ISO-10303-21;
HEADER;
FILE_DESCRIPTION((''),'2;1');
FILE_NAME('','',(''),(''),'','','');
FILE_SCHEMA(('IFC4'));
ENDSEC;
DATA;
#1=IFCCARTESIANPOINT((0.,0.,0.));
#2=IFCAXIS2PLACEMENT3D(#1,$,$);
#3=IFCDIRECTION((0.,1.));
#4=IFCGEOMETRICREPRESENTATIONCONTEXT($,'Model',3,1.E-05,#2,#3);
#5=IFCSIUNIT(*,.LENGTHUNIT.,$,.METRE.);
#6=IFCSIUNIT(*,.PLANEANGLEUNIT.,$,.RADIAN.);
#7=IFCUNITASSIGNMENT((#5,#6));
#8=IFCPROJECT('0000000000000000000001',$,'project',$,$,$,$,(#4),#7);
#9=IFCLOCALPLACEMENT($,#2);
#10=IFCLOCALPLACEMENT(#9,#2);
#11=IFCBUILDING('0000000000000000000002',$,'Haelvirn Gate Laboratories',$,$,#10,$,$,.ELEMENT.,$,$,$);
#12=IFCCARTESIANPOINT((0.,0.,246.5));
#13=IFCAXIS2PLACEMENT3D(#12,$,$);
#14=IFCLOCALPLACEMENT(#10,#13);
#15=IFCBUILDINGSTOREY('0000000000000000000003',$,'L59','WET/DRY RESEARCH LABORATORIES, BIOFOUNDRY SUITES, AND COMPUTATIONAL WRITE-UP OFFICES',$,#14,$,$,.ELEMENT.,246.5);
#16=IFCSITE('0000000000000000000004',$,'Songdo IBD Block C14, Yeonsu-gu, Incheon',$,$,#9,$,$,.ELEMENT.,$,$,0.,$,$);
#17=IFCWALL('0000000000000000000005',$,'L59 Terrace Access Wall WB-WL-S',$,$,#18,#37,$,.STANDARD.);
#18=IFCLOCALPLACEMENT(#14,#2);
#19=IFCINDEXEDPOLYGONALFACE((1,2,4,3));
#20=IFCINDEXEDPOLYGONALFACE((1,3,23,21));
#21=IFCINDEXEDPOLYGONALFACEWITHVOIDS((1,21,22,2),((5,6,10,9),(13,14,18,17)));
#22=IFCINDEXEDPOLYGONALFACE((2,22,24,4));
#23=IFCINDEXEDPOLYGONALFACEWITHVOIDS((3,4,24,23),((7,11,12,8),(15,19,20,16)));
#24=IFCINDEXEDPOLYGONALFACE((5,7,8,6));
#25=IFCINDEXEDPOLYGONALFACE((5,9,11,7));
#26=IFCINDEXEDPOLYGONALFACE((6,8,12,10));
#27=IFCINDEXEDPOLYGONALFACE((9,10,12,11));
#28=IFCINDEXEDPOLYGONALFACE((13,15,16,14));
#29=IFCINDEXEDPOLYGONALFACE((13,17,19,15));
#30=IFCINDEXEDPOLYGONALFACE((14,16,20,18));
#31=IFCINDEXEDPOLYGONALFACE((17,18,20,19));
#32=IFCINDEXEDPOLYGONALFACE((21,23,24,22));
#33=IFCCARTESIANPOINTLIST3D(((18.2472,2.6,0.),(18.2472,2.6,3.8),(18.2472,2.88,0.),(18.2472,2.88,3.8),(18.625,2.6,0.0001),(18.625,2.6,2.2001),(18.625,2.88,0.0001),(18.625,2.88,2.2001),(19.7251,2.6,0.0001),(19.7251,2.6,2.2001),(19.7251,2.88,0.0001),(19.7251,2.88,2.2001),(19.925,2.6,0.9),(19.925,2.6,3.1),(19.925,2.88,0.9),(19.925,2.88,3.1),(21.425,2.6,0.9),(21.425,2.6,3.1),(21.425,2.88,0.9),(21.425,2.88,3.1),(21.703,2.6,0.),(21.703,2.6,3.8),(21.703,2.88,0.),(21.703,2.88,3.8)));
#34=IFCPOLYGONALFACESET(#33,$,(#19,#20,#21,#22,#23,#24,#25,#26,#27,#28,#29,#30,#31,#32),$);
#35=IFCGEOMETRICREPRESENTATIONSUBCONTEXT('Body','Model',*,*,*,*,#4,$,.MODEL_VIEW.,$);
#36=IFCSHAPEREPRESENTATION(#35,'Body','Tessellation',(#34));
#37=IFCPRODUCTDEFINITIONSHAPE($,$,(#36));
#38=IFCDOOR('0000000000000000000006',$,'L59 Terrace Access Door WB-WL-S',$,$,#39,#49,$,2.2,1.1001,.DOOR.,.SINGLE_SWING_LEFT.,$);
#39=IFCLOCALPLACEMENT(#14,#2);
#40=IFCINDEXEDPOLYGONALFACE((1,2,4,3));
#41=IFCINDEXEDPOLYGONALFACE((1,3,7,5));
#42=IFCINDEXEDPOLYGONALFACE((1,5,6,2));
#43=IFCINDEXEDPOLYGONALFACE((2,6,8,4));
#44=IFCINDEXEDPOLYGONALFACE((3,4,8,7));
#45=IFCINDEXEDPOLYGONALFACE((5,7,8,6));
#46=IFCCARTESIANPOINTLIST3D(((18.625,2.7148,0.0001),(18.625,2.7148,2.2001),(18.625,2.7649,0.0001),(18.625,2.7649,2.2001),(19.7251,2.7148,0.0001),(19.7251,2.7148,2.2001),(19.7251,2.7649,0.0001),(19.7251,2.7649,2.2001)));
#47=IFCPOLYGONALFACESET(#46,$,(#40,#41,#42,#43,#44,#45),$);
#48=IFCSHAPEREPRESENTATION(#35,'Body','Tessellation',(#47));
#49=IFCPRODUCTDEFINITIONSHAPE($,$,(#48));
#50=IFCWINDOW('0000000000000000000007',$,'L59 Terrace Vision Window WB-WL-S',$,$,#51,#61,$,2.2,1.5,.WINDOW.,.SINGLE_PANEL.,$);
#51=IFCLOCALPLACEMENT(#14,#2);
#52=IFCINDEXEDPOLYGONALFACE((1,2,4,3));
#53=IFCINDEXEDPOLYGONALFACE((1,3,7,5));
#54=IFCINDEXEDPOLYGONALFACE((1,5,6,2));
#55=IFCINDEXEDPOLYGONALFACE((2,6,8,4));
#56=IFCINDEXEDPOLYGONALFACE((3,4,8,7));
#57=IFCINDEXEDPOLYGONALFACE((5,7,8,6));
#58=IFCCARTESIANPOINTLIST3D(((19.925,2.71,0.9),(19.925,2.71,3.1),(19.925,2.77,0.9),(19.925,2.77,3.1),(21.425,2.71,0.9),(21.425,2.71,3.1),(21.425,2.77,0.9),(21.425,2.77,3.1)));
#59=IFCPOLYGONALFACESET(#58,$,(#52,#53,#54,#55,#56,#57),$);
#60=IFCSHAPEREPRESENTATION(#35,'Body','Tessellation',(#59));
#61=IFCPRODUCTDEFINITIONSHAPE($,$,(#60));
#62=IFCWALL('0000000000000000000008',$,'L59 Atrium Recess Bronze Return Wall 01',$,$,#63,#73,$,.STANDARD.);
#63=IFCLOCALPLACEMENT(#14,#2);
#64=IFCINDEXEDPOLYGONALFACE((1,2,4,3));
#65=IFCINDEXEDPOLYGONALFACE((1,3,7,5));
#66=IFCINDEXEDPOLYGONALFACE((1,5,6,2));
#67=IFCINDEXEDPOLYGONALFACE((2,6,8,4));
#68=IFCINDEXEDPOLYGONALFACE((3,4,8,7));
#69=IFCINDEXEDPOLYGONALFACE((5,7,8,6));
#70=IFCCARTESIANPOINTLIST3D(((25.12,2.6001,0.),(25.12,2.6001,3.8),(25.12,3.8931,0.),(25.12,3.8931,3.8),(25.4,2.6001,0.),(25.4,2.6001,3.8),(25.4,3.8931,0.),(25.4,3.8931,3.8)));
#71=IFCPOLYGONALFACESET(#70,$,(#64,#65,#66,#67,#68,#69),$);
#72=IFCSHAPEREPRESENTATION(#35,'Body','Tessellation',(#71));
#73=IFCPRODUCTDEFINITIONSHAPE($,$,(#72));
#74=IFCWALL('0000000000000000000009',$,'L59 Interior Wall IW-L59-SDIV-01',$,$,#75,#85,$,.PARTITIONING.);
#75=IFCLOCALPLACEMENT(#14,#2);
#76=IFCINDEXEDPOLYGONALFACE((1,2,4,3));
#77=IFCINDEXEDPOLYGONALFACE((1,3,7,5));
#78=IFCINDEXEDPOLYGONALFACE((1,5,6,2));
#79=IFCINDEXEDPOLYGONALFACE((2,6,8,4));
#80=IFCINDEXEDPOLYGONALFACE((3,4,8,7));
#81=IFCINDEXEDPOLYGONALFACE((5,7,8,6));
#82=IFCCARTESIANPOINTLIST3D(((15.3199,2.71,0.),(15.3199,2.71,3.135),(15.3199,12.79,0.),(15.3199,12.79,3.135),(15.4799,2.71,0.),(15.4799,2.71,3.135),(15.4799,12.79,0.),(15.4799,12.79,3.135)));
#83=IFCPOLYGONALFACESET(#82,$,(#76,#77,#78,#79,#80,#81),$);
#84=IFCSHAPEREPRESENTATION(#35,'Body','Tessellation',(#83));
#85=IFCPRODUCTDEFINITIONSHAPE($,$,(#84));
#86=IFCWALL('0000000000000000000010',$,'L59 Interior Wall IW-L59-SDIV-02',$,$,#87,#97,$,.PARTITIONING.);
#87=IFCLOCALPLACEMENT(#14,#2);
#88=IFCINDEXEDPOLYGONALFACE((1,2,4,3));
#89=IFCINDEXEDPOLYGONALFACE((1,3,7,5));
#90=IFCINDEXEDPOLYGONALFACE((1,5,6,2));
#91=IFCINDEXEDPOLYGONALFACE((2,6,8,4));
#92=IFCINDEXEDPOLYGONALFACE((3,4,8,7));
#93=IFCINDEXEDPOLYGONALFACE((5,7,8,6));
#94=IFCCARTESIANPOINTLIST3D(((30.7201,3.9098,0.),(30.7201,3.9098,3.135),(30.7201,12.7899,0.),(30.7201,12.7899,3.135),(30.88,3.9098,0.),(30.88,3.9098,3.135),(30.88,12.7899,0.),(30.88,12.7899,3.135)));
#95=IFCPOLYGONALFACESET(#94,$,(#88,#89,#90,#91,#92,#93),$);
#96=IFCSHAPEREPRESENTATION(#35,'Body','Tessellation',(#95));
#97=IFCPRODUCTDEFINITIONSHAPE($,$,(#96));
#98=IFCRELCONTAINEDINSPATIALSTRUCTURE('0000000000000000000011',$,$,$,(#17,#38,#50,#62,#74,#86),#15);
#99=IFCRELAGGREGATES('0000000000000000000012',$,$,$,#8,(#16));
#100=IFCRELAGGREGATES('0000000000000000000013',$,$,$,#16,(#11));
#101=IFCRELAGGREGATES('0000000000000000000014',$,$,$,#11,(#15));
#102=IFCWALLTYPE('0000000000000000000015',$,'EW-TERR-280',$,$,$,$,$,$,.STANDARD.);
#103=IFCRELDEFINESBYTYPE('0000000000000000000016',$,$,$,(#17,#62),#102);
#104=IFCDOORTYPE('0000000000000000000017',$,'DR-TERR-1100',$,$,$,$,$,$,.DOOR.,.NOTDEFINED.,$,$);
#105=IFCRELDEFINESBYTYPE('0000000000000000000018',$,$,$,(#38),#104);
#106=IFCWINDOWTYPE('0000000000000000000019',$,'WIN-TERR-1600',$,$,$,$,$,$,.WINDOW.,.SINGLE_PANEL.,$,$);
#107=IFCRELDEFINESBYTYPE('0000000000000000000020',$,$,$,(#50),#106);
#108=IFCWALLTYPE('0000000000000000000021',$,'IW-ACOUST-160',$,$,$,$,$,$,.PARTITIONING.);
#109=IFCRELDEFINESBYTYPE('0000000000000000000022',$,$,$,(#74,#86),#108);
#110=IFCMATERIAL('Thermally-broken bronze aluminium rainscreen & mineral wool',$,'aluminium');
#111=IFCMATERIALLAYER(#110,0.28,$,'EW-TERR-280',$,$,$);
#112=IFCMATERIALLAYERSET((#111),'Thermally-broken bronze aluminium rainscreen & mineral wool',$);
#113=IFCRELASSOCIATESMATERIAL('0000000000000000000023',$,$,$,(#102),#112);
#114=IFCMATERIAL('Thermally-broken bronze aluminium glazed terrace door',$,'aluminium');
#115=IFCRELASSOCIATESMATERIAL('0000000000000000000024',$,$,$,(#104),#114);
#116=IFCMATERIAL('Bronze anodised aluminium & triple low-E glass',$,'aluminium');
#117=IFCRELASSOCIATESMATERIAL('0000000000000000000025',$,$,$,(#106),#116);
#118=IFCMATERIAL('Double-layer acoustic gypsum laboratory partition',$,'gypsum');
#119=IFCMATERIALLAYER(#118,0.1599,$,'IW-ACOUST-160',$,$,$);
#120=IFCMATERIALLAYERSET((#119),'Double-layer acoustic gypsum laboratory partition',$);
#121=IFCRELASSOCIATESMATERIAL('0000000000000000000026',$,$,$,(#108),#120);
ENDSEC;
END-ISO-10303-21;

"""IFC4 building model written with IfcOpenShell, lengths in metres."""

from ifc_helpers import new_model, si_unit, direction, frame, frame_2d, origin, place, context, subcontext, project, spatial, rectangle, extrude, source, transform, mapped, material, layer, layer_set, type_object, type_shapes, element, fill, save


model = new_model("IFC4")

# Units and contexts
model_context = context("Model", 3, precision=1e-05, world=origin(), true_north=direction((0.0, 1.0)))
body_context = subcontext(model_context, "Body", "Model", "MODEL_VIEW")
ifc_project = project(units=[si_unit("LENGTHUNIT", "METRE"), si_unit("PLANEANGLEUNIT", "RADIAN")], contexts=[model_context])

# Site, building, storey
site_placement = place(None, origin())
site = spatial("IfcSite", under=ifc_project, at=site_placement, Name="Songdo IBD Block C14, Yeonsu-gu, Incheon", CompositionType="ELEMENT", RefElevation=0.0)
building_placement = place(site_placement, origin())
building = spatial("IfcBuilding", under=site, at=building_placement, Name="Haelvirn Gate Laboratories", CompositionType="ELEMENT")
storey_placement = place(building_placement, frame((0.0, 0.0, 246.5)))
storey = spatial("IfcBuildingStorey", under=building, at=storey_placement, Name="L59", Description="WET/DRY RESEARCH LABORATORIES, BIOFOUNDRY SUITES, AND COMPUTATIONAL WRITE-UP OFFICES", CompositionType="ELEMENT", Elevation=246.5)

# Wall, openings, door, window
ifc_material_1 = material(Name="Thermally-broken bronze aluminium rainscreen & mineral wool", Category="aluminium")
ifc_layer_1 = layer(ifc_material_1, 0.28, Name="EW-TERR-280")
ifc_layer_set_1 = layer_set([ifc_layer_1], Name="Thermally-broken bronze aluminium rainscreen & mineral wool")
wall_type_1 = type_object("IfcWallType", Name="EW-TERR-280", PredefinedType="STANDARD", material=ifc_layer_set_1)
wall_1_placement = place(storey_placement, frame((18.2471, 2.74, 0.0), z_axis=(0.0, 0.0, 1.0), x_axis=(1.0, 0.0, 0.0)))
wall_1 = element("IfcWall", 1, at=wall_1_placement, inside=storey, type_object=wall_type_1, Name="L59 Terrace Access Wall WB-WL-S", PredefinedType="STANDARD", context=body_context, shape_type="SweptSolid", body=[
    extrude(rectangle(XDim=3.4558, YDim=0.28, at=frame_2d((1.728, 0.0))), origin(), (0.0, 0.0, 1.0), 3.8),
])
opening_1_placement = place(wall_1_placement, frame((0.3779, 0.0, 0.0)))
opening_1 = element("IfcOpeningElement", 2, at=opening_1_placement, cuts=wall_1, PredefinedType="OPENING", context=body_context, shape_type="SweptSolid", body=[
    extrude(rectangle(XDim=1.1001, YDim=2.2, at=frame_2d((0.55, 1.1001))), frame((0.0, 0.1499, 0.0), z_axis=(0.0, -1.0, 0.0), x_axis=(1.0, 0.0, 0.0)), (0.0, 0.0, 1.0), 0.3),
])
opening_2_placement = place(wall_1_placement, frame((1.678, 0.0, 0.8999)))
opening_2 = element("IfcOpeningElement", 3, at=opening_2_placement, cuts=wall_1, PredefinedType="OPENING", context=body_context, shape_type="SweptSolid", body=[
    extrude(rectangle(XDim=1.5, YDim=2.2, at=frame_2d((0.75, 1.1001))), frame((0.0, 0.1499, 0.0), z_axis=(0.0, -1.0, 0.0), x_axis=(1.0, 0.0, 0.0)), (0.0, 0.0, 1.0), 0.3),
])
ifc_material_2 = material(Name="Thermally-broken bronze aluminium glazed terrace door", Category="aluminium")
door_type = type_object("IfcDoorType", Name="DR-TERR-1100", OperationType="NOTDEFINED", PredefinedType="DOOR", material=ifc_material_2)
shared_shape_1 = source(origin(), body_context, "Body", "SweptSolid", [
    extrude(rectangle(XDim=1.1001, YDim=2.2, at=frame_2d((0.55, 1.1001))), frame((0.0, 0.0249, 0.0), z_axis=(0.0, -1.0, 0.0), x_axis=(1.0, 0.0, 0.0)), (0.0, 0.0, 1.0), 0.05),
])
type_shapes(door_type, [shared_shape_1])
door_placement = place(opening_1_placement, origin())
door = element("IfcDoor", 4, at=door_placement, inside=storey, type_object=door_type, Name="L59 Terrace Access Door WB-WL-S", OperationType="SINGLE_SWING_LEFT", OverallHeight=2.2, OverallWidth=1.1001, PredefinedType="DOOR", context=body_context, shape_type="MappedRepresentation", body=[
    mapped(shared_shape_1, transform((0.0, 0.0, 0.0), scale=1.0)),
])
fill(opening_1, door)
ifc_material_3 = material(Name="Bronze anodised aluminium & triple low-E glass", Category="aluminium")
window_type = type_object("IfcWindowType", Name="WIN-TERR-1600", PartitioningType="SINGLE_PANEL", PredefinedType="WINDOW", material=ifc_material_3)
shared_shape_2 = source(origin(), body_context, "Body", "SweptSolid", [
    extrude(rectangle(XDim=1.5, YDim=2.2, at=frame_2d((0.75, 1.1001))), frame((0.0, 0.03, 0.0), z_axis=(0.0, -1.0, 0.0), x_axis=(1.0, 0.0, 0.0)), (0.0, 0.0, 1.0), 0.0601),
])
type_shapes(window_type, [shared_shape_2])
window_placement = place(opening_2_placement, origin())
window = element("IfcWindow", 5, at=window_placement, inside=storey, type_object=window_type, Name="L59 Terrace Vision Window WB-WL-S", OverallHeight=2.2, OverallWidth=1.5, PartitioningType="SINGLE_PANEL", PredefinedType="WINDOW", context=body_context, shape_type="MappedRepresentation", body=[
    mapped(shared_shape_2, transform((0.0, 0.0, 0.0), scale=1.0)),
])
fill(opening_2, window)

# Walls
wall_2_placement = place(storey_placement, frame((25.26, 2.6001, 0.0), z_axis=(0.0, 0.0, 1.0), x_axis=(0.0, 1.0, 0.0)))
element("IfcWall", 6, at=wall_2_placement, inside=storey, type_object=wall_type_1, Name="L59 Atrium Recess Bronze Return Wall 01", PredefinedType="STANDARD", context=body_context, shape_type="SweptSolid", body=[
    extrude(rectangle(XDim=1.293, YDim=0.28, at=frame_2d((0.6465, 0.0))), origin(), (0.0, 0.0, 1.0), 3.8),
])
ifc_material_4 = material(Name="Double-layer acoustic gypsum laboratory partition", Category="gypsum")
ifc_layer_2 = layer(ifc_material_4, 0.1599, Name="IW-ACOUST-160")
ifc_layer_set_2 = layer_set([ifc_layer_2], Name="Double-layer acoustic gypsum laboratory partition")
wall_type_2 = type_object("IfcWallType", Name="IW-ACOUST-160", PredefinedType="PARTITIONING", material=ifc_layer_set_2)
wall_3_placement = place(storey_placement, frame((15.3999, 2.71, 0.0), z_axis=(0.0, 0.0, 1.0), x_axis=(0.0, 1.0, 0.0)))
element("IfcWall", 7, at=wall_3_placement, inside=storey, type_object=wall_type_2, Name="L59 Interior Wall IW-L59-SDIV-01", PredefinedType="PARTITIONING", context=body_context, shape_type="SweptSolid", body=[
    extrude(rectangle(XDim=10.0801, YDim=0.1599, at=frame_2d((5.04, 0.0))), origin(), (0.0, 0.0, 1.0), 3.135),
])
wall_4_placement = place(storey_placement, frame((30.8, 3.9099, 0.0), z_axis=(0.0, 0.0, 1.0), x_axis=(0.0, 1.0, 0.0)))
element("IfcWall", 8, at=wall_4_placement, inside=storey, type_object=wall_type_2, Name="L59 Interior Wall IW-L59-SDIV-02", PredefinedType="PARTITIONING", context=body_context, shape_type="SweptSolid", body=[
    extrude(rectangle(XDim=8.8801, YDim=0.1599, at=frame_2d((4.4399, 0.0))), origin(), (0.0, 0.0, 1.0), 3.135),
])

save(model, "model.ifc")
